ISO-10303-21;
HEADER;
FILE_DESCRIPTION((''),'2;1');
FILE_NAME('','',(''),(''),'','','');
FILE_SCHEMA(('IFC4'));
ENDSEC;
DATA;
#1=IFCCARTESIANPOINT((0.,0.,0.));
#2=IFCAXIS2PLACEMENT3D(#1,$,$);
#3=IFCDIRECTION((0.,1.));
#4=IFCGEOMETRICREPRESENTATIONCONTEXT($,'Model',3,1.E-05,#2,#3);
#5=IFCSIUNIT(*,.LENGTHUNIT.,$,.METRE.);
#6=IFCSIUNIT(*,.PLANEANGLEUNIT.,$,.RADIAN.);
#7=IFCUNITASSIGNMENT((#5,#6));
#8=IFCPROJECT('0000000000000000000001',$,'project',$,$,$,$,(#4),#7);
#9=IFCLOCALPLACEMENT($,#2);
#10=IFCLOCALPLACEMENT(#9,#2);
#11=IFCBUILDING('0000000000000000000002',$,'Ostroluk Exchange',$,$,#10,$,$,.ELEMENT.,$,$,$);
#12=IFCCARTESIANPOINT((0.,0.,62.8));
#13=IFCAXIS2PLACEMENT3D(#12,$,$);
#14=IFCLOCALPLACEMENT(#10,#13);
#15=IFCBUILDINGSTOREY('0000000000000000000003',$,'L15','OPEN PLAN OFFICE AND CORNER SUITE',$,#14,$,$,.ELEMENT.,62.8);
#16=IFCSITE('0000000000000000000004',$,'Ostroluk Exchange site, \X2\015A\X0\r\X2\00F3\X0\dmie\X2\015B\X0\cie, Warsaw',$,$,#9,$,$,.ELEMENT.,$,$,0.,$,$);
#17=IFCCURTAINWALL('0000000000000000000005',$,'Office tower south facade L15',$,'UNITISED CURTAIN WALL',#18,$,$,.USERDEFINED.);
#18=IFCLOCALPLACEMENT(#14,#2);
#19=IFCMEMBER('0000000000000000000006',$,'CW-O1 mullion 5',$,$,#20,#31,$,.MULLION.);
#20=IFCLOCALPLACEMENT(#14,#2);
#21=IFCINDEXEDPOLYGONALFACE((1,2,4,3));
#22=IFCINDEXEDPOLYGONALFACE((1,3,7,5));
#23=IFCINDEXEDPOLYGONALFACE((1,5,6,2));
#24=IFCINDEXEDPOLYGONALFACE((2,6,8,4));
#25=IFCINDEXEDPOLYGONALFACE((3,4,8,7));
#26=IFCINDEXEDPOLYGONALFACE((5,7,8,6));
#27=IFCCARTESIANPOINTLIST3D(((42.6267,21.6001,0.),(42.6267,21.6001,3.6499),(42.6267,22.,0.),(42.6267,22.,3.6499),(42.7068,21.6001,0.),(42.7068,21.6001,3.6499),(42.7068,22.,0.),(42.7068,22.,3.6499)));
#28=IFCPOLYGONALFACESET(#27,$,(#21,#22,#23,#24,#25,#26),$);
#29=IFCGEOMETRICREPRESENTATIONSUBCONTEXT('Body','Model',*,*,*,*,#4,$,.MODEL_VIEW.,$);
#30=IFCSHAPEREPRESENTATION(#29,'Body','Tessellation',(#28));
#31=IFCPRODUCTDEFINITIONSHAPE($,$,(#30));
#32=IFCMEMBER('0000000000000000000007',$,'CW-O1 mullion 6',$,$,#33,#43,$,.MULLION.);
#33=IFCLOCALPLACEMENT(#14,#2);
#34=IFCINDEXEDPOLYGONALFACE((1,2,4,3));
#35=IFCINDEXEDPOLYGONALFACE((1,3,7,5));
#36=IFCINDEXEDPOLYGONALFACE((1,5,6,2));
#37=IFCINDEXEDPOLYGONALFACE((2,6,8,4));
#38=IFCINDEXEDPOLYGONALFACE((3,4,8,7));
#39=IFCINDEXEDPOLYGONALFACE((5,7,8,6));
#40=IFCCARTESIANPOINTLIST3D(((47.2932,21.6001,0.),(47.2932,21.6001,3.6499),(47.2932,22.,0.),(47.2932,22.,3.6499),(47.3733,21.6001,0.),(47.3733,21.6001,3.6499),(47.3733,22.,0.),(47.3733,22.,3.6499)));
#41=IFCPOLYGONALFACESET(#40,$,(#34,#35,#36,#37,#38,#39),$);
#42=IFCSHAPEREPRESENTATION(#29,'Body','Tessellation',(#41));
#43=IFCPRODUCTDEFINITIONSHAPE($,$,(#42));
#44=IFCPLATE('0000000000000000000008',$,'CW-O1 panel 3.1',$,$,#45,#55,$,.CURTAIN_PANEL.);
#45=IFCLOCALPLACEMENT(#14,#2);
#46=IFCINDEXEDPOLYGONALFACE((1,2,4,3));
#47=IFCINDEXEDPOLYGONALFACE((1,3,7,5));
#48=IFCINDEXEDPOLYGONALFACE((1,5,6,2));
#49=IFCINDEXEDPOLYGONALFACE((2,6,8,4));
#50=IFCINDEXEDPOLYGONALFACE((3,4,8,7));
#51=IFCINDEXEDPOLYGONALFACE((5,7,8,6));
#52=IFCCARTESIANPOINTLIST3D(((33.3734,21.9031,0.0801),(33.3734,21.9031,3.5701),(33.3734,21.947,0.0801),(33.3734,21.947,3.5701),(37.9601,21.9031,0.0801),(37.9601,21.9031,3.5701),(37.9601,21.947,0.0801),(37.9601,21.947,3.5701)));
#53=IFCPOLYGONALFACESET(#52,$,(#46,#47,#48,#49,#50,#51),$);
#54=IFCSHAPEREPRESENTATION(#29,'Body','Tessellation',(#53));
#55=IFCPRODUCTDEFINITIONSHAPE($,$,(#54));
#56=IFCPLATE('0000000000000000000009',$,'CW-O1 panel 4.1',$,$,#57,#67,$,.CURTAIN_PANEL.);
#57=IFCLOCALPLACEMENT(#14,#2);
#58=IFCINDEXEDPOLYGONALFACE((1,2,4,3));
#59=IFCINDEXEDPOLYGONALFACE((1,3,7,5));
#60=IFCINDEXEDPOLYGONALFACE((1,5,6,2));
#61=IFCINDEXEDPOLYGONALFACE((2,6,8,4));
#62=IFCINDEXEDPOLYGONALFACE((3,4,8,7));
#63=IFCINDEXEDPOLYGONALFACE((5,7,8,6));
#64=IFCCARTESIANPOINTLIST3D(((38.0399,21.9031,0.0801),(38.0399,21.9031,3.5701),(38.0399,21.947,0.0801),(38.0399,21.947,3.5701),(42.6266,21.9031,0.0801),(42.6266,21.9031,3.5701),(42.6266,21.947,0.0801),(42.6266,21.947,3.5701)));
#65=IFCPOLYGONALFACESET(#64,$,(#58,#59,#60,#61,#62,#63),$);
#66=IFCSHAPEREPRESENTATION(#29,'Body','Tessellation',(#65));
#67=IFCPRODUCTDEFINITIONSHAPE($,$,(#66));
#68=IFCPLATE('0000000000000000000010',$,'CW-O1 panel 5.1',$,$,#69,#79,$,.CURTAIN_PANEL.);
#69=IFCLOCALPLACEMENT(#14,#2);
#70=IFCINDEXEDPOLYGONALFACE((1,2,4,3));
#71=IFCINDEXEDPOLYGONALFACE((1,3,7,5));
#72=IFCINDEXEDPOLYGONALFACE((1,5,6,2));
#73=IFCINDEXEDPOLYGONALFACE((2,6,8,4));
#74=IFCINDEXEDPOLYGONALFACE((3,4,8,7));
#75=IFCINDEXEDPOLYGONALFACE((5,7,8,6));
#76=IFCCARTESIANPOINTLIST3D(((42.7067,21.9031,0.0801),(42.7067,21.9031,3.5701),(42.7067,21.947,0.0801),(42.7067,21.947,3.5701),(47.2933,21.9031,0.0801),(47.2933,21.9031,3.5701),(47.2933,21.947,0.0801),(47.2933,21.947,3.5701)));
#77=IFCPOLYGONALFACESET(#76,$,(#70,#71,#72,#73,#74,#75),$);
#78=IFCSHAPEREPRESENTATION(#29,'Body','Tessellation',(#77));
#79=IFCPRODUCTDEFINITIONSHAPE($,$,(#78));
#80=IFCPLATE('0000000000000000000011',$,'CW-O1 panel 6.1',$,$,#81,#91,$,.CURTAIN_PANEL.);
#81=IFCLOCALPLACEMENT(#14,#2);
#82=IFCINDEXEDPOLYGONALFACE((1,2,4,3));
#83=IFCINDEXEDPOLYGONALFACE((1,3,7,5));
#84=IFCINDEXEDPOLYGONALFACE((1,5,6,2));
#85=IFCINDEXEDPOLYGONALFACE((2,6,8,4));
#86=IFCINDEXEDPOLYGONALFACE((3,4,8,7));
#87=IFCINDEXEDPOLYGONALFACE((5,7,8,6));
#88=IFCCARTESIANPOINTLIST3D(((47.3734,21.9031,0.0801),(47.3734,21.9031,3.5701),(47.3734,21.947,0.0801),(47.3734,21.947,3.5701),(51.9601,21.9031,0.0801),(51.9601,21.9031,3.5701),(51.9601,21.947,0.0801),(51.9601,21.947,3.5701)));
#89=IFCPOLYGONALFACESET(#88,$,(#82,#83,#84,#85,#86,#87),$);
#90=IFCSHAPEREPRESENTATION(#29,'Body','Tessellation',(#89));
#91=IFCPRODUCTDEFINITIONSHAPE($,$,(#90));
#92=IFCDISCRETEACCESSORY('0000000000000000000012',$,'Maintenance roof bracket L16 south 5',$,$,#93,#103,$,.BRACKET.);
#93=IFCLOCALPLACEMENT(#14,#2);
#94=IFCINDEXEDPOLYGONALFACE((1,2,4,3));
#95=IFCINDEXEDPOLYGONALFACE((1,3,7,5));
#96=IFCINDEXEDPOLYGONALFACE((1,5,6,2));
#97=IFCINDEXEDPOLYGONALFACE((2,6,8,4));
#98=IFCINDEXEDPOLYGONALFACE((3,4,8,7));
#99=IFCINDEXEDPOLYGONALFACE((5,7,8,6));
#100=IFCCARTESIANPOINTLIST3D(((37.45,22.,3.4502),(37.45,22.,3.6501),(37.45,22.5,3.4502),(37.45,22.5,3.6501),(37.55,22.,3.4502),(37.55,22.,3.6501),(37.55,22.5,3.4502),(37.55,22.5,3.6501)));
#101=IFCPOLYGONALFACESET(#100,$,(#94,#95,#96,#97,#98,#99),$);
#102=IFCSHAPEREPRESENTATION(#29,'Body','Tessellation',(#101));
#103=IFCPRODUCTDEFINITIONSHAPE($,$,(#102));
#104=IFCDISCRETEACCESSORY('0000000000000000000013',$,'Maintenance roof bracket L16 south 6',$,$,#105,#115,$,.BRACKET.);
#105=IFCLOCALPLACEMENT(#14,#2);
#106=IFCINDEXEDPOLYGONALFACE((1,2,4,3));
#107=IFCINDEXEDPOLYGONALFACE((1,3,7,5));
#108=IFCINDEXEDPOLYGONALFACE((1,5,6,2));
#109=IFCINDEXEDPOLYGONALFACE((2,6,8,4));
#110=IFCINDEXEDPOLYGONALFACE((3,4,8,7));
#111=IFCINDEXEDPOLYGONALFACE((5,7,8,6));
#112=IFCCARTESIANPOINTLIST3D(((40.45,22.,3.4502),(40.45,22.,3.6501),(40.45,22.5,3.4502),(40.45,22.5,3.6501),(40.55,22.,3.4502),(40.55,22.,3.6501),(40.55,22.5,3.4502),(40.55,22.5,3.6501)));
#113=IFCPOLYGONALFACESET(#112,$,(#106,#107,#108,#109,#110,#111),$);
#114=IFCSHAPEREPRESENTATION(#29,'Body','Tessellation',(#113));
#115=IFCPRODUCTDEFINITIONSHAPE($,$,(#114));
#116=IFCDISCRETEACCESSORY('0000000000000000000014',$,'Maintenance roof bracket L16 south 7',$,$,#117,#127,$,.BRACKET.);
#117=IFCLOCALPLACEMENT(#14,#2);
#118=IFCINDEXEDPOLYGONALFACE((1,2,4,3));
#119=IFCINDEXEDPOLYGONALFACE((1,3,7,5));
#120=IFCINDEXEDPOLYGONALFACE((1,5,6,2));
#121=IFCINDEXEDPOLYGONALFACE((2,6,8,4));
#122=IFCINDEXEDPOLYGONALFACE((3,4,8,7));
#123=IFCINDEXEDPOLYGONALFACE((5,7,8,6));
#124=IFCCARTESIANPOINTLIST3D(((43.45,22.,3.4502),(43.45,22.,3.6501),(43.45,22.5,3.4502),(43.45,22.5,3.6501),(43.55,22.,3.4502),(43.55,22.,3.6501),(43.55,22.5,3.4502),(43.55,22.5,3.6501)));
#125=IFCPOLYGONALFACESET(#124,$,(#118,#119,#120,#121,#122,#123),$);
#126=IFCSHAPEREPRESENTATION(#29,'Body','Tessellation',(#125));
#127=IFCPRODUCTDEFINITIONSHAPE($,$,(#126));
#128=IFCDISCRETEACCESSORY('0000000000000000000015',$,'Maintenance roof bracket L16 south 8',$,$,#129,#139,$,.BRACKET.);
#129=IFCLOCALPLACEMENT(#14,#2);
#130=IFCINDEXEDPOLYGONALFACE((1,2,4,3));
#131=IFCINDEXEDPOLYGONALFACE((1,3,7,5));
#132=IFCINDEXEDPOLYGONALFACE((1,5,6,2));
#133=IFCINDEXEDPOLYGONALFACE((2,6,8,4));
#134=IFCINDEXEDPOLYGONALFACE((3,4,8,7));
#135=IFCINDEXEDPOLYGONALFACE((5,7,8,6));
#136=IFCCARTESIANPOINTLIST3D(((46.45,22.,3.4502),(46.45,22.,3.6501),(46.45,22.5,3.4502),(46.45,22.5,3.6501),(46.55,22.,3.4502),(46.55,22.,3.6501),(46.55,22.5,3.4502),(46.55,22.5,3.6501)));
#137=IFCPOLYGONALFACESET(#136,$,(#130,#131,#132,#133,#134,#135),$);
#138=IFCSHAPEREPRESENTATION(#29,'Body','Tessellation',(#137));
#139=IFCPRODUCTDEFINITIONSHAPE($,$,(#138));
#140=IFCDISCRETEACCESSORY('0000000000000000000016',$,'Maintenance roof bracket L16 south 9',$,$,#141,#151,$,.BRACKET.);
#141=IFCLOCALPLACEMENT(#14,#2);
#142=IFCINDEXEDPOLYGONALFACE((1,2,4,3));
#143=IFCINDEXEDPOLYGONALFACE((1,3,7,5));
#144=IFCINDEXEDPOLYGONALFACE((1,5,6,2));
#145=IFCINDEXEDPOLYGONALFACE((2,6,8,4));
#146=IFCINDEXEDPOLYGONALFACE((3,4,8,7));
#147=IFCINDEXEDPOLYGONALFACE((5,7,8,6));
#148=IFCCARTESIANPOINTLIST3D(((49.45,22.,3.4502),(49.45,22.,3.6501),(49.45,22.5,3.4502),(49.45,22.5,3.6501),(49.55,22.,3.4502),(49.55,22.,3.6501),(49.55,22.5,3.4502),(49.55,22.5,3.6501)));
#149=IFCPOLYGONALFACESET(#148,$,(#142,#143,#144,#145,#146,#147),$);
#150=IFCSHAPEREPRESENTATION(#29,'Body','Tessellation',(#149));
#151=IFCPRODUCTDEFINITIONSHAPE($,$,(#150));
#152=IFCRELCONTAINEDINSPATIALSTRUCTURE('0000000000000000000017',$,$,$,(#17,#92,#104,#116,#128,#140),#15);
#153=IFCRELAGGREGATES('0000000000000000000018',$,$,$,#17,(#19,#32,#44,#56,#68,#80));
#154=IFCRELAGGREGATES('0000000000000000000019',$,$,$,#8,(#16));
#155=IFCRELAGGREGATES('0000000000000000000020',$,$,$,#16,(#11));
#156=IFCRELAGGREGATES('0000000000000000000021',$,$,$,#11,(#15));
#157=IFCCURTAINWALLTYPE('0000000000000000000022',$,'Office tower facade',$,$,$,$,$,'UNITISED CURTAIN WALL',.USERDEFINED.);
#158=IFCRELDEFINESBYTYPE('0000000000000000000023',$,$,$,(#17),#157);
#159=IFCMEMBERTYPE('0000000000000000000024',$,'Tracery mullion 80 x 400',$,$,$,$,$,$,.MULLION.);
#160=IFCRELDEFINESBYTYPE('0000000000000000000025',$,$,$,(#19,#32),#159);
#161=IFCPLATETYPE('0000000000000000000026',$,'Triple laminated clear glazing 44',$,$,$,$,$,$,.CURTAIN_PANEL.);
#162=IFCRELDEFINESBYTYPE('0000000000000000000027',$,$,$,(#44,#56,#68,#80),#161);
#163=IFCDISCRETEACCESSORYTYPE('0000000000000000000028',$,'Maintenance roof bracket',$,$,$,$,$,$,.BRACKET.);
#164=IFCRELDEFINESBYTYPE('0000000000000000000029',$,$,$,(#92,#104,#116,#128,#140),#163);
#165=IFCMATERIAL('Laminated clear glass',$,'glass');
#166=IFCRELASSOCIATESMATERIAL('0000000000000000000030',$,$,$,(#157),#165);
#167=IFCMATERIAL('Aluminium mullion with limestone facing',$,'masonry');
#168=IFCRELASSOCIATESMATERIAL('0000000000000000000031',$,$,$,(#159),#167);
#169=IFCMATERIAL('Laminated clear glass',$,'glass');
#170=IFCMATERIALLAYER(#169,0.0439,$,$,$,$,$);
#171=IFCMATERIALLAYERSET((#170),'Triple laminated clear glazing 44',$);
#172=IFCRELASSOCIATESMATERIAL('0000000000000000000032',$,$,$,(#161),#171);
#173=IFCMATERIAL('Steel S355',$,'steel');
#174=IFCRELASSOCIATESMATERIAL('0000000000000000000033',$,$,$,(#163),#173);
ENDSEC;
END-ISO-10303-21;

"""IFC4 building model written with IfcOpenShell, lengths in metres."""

from ifc_helpers import new_model, si_unit, direction, frame, origin, origin_2d, place, context, subcontext, project, spatial, rectangle, extrude, material, layer, layer_set, material_profile, profile_set, type_object, element, aggregate, save


model = new_model("IFC4")

# Units and contexts
model_context = context("Model", 3, precision=1e-05, world=origin(), true_north=direction((0.0, 1.0)))
body_context = subcontext(model_context, "Body", "Model", "MODEL_VIEW")
ifc_project = project(units=[si_unit("LENGTHUNIT", "METRE"), si_unit("PLANEANGLEUNIT", "RADIAN")], contexts=[model_context])

# Site, building, storey
site_placement = place(None, origin())
site = spatial("IfcSite", under=ifc_project, at=site_placement, Name="Ostroluk Exchange site, Śródmieście, Warsaw", CompositionType="ELEMENT", RefElevation=0.0)
building_placement = place(site_placement, origin())
building = spatial("IfcBuilding", under=site, at=building_placement, Name="Ostroluk Exchange", CompositionType="ELEMENT")
storey_placement = place(building_placement, frame((0.0, 0.0, 62.8)))
storey = spatial("IfcBuildingStorey", under=building, at=storey_placement, Name="L15", Description="OPEN PLAN OFFICE AND CORNER SUITE", CompositionType="ELEMENT", Elevation=62.8)

# Curtain wall, members, plates
ifc_material_1 = material(Name="Laminated clear glass", Category="glass")
curtain_wall_type = type_object("IfcCurtainWallType", Name="Office tower facade", ElementType="UNITISED CURTAIN WALL", PredefinedType="USERDEFINED", material=ifc_material_1)
curtain_wall_placement = place(storey_placement, origin())
curtain_wall = element("IfcCurtainWall", 1, at=curtain_wall_placement, inside=storey, type_object=curtain_wall_type, Name="Office tower south facade L15", ObjectType="UNITISED CURTAIN WALL", PredefinedType="USERDEFINED")
ifc_material_2 = material(Name="Aluminium mullion with limestone facing", Category="masonry")
ifc_material_profile_1 = material_profile(ifc_material_2, rectangle(XDim=0.3999, YDim=0.0801, at=origin_2d()), Name="Tracery mullion 80 x 400")
ifc_profile_set_1 = profile_set([ifc_material_profile_1], Name="Aluminium mullion with limestone facing")
member_type_1 = type_object("IfcMemberType", Name="Tracery mullion 80 x 400", PredefinedType="MULLION", material=ifc_profile_set_1)
member_1_placement = place(storey_placement, frame((42.6667, 21.8, 0.0), z_axis=(0.0, 0.0, 1.0), x_axis=(0.0, 1.0, 0.0)))
member_1 = element("IfcMember", 2, at=member_1_placement, type_object=member_type_1, Name="CW-O1 mullion 5", PredefinedType="MULLION", context=body_context, shape_type="SweptSolid", body=[
    extrude(rectangle(XDim=0.3999, YDim=0.0801, at=origin_2d()), origin(), (0.0, 0.0, 1.0), 3.6499),
])
member_2_placement = place(storey_placement, frame((47.3333, 21.8, 0.0), z_axis=(0.0, 0.0, 1.0), x_axis=(0.0, 1.0, 0.0)))
member_2 = element("IfcMember", 3, at=member_2_placement, type_object=member_type_1, Name="CW-O1 mullion 6", PredefinedType="MULLION", context=body_context, shape_type="SweptSolid", body=[
    extrude(rectangle(XDim=0.3999, YDim=0.0801, at=origin_2d()), origin(), (0.0, 0.0, 1.0), 3.6499),
])
ifc_material_3 = material(Name="Laminated clear glass", Category="glass")
ifc_layer = layer(ifc_material_3, 0.0439)
ifc_layer_set = layer_set([ifc_layer], Name="Triple laminated clear glazing 44")
plate_type = type_object("IfcPlateType", Name="Triple laminated clear glazing 44", PredefinedType="CURTAIN_PANEL", material=ifc_layer_set)
plate_1_placement = place(storey_placement, frame((35.6667, 21.925, 0.0801), z_axis=(0.0, 0.0, 1.0), x_axis=(1.0, 0.0, 0.0)))
plate_1 = element("IfcPlate", 4, at=plate_1_placement, type_object=plate_type, Name="CW-O1 panel 3.1", PredefinedType="CURTAIN_PANEL", context=body_context, shape_type="SweptSolid", body=[
    extrude(rectangle(XDim=4.5867, YDim=0.0439, at=origin_2d()), origin(), (0.0, 0.0, 1.0), 3.49),
])
plate_2_placement = place(storey_placement, frame((40.3333, 21.925, 0.0801), z_axis=(0.0, 0.0, 1.0), x_axis=(1.0, 0.0, 0.0)))
plate_2 = element("IfcPlate", 5, at=plate_2_placement, type_object=plate_type, Name="CW-O1 panel 4.1", PredefinedType="CURTAIN_PANEL", context=body_context, shape_type="SweptSolid", body=[
    extrude(rectangle(XDim=4.5867, YDim=0.0439, at=origin_2d()), origin(), (0.0, 0.0, 1.0), 3.49),
])
plate_3_placement = place(storey_placement, frame((45.0, 21.925, 0.0801), z_axis=(0.0, 0.0, 1.0), x_axis=(1.0, 0.0, 0.0)))
plate_3 = element("IfcPlate", 6, at=plate_3_placement, type_object=plate_type, Name="CW-O1 panel 5.1", PredefinedType="CURTAIN_PANEL", context=body_context, shape_type="SweptSolid", body=[
    extrude(rectangle(XDim=4.5867, YDim=0.0439, at=origin_2d()), origin(), (0.0, 0.0, 1.0), 3.49),
])
plate_4_placement = place(storey_placement, frame((49.6667, 21.925, 0.0801), z_axis=(0.0, 0.0, 1.0), x_axis=(1.0, 0.0, 0.0)))
plate_4 = element("IfcPlate", 7, at=plate_4_placement, type_object=plate_type, Name="CW-O1 panel 6.1", PredefinedType="CURTAIN_PANEL", context=body_context, shape_type="SweptSolid", body=[
    extrude(rectangle(XDim=4.5867, YDim=0.0439, at=origin_2d()), origin(), (0.0, 0.0, 1.0), 3.49),
])
aggregate(curtain_wall, [member_1, member_2, plate_1, plate_2, plate_3, plate_4])

# Discrete accessories
ifc_material_4 = material(Name="Steel S355", Category="steel")
discrete_accessory_type = type_object("IfcDiscreteAccessoryType", Name="Maintenance roof bracket", PredefinedType="BRACKET", material=ifc_material_4)
for number, where, z_axis, x_axis, name in (
    (8, (37.5, 22.25, 3.4502), (0.0, 0.0, 1.0), (1.0, 0.0, 0.0), "Maintenance roof bracket L16 south 5"),
    (9, (40.5, 22.25, 3.4502), (0.0, 0.0, 1.0), (1.0, 0.0, 0.0), "Maintenance roof bracket L16 south 6"),
    (10, (43.5, 22.25, 3.4502), (0.0, 0.0, 1.0), (1.0, 0.0, 0.0), "Maintenance roof bracket L16 south 7"),
    (11, (46.5, 22.25, 3.4502), (0.0, 0.0, 1.0), (1.0, 0.0, 0.0), "Maintenance roof bracket L16 south 8"),
    (12, (49.5, 22.25, 3.4502), (0.0, 0.0, 1.0), (1.0, 0.0, 0.0), "Maintenance roof bracket L16 south 9"),
):
    element("IfcDiscreteAccessory", number, at=place(storey_placement, frame(where, z_axis=z_axis, x_axis=x_axis)), inside=storey, type_object=discrete_accessory_type, Name=name, PredefinedType="BRACKET", context=body_context, shape_type="SweptSolid", body=[
        extrude(rectangle(XDim=0.1001, YDim=0.5, at=origin_2d()), origin(), (0.0, 0.0, 1.0), 0.2),
    ])

save(model, "model.ifc")
